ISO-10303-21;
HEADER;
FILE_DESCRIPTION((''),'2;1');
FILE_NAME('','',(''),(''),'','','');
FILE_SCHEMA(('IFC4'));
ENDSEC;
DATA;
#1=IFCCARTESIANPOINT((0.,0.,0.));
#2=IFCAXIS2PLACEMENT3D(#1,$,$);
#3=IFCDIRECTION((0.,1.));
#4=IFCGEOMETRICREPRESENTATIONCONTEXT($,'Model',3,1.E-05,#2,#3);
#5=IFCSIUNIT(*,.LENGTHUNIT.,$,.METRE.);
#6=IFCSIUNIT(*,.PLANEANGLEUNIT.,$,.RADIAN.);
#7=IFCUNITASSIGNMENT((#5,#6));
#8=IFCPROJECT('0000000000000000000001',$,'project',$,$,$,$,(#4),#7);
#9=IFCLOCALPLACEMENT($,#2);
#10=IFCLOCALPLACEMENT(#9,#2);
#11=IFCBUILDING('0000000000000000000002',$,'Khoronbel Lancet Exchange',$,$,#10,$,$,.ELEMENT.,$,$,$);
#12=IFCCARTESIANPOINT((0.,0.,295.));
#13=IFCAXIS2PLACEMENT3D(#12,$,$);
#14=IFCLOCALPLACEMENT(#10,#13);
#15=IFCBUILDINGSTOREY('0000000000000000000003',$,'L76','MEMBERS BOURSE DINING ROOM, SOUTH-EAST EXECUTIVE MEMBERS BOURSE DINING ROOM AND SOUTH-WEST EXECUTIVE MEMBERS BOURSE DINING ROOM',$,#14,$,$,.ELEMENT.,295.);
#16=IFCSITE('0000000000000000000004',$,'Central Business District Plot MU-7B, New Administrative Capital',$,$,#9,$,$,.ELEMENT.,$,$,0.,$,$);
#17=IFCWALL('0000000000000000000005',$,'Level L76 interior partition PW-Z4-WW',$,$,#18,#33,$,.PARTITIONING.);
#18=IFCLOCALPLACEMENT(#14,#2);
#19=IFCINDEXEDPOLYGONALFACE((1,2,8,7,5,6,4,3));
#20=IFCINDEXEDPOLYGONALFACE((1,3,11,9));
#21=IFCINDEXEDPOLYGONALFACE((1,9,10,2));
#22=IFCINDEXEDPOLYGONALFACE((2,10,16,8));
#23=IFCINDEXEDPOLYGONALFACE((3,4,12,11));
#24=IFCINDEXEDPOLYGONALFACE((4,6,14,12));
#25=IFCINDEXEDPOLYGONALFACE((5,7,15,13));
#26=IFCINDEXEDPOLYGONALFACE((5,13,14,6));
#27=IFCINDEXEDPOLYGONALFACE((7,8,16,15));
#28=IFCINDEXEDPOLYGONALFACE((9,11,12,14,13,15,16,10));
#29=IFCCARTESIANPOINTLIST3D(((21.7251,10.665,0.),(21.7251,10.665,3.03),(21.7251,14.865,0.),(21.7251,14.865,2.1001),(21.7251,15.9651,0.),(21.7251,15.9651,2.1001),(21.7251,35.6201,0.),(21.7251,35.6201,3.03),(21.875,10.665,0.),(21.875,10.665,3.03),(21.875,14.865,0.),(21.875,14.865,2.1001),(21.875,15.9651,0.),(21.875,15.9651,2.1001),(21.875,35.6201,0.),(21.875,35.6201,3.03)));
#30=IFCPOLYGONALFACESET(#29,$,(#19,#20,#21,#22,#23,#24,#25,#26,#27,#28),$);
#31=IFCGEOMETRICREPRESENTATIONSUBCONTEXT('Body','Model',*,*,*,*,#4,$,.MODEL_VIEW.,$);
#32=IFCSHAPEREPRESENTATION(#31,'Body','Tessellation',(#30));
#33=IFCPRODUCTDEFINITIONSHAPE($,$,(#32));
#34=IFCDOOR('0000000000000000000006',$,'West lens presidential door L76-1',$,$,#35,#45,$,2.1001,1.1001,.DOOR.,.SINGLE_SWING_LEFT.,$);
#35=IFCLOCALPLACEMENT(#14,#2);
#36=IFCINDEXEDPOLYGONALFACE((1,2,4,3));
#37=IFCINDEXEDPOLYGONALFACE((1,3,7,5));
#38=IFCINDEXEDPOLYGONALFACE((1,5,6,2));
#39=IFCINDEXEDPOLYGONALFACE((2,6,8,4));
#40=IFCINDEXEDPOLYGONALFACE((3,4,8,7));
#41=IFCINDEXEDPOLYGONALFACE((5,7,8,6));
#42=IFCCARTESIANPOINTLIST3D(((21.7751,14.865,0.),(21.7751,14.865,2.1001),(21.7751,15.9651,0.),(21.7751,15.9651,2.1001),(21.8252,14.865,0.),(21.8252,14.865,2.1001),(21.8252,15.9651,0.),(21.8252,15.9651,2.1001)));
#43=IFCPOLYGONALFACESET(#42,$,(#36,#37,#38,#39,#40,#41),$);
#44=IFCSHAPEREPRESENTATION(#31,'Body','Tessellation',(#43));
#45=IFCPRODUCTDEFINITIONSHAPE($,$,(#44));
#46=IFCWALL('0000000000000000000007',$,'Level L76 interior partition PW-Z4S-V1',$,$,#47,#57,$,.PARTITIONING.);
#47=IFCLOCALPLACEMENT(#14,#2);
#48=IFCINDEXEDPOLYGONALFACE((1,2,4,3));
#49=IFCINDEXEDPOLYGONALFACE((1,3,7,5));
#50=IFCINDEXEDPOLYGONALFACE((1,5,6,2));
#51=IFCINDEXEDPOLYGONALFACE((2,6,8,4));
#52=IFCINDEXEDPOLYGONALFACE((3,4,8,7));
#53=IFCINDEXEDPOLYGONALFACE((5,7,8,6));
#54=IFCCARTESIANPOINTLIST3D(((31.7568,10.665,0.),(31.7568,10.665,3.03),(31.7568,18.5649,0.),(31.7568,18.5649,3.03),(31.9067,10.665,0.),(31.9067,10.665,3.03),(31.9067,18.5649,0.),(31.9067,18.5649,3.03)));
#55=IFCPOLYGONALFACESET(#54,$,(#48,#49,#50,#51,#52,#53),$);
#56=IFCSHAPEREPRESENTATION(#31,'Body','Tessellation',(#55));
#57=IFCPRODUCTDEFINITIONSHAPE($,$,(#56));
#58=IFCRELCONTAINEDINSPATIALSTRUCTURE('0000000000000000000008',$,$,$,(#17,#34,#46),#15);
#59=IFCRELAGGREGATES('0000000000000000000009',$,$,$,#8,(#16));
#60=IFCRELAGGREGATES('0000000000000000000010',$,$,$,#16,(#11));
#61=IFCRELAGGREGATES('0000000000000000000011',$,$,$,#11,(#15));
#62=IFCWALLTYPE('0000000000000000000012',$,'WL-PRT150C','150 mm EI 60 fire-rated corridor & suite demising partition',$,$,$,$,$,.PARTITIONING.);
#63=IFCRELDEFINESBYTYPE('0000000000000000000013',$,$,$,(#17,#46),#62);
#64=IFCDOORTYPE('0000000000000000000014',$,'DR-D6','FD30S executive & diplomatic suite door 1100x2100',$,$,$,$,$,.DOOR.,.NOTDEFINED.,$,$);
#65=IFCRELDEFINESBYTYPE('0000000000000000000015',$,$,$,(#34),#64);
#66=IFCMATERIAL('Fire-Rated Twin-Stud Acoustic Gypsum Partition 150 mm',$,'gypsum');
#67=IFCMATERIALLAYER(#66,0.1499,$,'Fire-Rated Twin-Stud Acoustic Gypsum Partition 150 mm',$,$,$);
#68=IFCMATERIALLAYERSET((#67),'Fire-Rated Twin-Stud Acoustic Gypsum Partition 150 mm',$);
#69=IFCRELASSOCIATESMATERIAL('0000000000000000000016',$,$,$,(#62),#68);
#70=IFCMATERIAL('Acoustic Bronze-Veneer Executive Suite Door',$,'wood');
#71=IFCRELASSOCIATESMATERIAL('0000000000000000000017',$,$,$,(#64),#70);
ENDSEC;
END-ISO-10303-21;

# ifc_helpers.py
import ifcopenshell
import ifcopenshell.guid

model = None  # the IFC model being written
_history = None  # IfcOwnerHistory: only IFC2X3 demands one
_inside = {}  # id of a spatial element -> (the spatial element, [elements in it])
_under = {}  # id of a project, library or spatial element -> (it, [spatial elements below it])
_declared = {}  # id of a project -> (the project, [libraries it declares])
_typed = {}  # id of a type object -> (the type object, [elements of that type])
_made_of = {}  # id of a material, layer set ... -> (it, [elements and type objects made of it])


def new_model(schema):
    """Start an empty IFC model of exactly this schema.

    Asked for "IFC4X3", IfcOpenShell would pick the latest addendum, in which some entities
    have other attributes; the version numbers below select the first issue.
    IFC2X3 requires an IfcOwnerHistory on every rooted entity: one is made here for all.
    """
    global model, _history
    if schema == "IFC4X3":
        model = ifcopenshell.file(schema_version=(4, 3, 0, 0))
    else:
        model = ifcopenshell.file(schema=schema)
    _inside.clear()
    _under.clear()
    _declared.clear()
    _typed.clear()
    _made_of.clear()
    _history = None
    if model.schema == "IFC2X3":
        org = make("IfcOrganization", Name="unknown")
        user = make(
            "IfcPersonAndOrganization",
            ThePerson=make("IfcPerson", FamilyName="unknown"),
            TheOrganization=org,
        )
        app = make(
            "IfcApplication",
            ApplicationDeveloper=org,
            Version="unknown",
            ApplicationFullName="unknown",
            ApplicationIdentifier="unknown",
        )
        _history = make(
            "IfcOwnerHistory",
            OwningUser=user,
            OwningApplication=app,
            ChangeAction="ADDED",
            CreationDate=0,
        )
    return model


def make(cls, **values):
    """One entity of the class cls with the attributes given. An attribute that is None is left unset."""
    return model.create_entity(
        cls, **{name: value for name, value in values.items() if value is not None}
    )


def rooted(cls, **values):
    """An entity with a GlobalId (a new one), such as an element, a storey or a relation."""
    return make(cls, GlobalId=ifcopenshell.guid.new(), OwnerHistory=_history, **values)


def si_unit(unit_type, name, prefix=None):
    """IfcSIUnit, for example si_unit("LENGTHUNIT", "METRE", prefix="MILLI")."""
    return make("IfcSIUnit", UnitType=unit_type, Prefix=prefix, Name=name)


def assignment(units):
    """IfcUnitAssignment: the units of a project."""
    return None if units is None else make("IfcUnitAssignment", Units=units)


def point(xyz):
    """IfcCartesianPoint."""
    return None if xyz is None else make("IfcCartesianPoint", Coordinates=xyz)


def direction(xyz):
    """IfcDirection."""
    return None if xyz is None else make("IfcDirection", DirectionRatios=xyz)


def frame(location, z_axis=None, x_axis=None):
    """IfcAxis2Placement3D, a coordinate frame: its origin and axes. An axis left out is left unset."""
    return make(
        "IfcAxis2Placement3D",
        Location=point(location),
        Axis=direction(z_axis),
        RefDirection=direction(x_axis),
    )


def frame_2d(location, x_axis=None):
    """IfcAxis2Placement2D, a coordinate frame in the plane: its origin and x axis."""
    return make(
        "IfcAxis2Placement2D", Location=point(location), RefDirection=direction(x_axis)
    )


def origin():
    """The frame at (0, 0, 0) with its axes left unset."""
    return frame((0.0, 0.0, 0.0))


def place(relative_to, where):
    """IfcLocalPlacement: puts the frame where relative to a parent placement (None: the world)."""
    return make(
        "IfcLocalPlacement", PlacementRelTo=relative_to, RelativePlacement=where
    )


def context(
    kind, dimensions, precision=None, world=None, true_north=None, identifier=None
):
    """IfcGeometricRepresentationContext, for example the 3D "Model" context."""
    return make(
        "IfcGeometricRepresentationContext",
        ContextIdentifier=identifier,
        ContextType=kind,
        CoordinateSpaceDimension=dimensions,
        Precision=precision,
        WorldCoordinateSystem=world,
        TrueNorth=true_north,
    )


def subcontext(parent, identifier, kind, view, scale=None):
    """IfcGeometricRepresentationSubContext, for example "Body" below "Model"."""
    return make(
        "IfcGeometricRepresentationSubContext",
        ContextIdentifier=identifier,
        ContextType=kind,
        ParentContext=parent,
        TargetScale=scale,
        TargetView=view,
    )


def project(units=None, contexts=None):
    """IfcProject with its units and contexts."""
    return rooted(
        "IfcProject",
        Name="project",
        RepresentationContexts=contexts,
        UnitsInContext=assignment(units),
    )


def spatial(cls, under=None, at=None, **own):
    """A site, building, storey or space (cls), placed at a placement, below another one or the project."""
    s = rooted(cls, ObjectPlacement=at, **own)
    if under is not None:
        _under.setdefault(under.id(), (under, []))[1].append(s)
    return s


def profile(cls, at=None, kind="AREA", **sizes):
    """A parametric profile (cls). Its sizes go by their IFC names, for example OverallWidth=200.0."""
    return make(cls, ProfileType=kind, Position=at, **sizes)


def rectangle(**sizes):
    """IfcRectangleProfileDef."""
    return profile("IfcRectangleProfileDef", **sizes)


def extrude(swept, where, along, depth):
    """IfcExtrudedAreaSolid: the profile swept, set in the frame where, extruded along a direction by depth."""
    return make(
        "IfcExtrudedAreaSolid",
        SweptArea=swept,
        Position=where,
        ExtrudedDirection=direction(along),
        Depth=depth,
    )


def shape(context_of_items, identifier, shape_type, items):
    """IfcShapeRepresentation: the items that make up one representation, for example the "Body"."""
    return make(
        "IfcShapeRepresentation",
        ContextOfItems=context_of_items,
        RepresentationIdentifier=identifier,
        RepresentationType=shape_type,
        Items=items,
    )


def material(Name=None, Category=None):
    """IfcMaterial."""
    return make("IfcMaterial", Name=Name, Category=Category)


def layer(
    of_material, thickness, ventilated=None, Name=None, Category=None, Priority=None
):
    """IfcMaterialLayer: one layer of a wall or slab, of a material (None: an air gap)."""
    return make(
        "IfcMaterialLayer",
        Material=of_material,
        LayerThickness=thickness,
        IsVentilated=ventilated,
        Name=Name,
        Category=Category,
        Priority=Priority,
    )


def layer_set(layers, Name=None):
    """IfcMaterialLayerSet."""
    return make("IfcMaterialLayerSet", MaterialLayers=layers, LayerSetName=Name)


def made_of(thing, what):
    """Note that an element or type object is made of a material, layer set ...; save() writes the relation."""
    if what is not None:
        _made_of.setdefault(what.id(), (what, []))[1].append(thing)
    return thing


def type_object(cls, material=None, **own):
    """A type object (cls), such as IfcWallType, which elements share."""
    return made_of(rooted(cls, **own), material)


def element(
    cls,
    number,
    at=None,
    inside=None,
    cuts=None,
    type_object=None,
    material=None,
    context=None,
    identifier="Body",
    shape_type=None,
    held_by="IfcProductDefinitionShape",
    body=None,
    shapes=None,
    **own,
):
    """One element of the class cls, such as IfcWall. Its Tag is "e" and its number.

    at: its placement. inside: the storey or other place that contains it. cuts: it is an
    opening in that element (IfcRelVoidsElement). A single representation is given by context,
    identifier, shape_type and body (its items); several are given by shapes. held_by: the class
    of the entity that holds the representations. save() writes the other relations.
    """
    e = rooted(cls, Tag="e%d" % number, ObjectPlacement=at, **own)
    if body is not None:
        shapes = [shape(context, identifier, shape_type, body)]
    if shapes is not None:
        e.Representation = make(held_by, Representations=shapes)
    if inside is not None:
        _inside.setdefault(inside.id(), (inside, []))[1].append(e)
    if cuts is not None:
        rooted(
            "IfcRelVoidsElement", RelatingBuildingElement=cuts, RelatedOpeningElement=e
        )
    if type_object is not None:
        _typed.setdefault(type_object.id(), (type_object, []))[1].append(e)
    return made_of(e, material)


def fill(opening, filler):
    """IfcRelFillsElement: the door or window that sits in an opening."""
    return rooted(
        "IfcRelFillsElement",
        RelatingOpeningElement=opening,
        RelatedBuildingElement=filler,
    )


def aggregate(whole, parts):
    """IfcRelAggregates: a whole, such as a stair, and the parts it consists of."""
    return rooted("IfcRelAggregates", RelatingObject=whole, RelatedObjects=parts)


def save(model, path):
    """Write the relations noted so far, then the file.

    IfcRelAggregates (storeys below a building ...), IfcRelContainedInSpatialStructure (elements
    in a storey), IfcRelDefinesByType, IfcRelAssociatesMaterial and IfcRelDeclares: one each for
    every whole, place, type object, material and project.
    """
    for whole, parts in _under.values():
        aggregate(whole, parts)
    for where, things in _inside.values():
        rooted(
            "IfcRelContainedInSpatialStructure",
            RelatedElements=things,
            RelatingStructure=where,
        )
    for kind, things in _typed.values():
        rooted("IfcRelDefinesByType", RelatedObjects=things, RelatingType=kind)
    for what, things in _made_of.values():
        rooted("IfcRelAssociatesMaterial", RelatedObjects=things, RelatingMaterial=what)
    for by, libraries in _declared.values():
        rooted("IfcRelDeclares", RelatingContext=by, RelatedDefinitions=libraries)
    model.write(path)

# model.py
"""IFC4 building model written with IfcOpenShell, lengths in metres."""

from ifc_helpers import new_model, si_unit, direction, frame, frame_2d, origin, place, context, subcontext, project, spatial, rectangle, extrude, material, layer, layer_set, type_object, element, fill, save


model = new_model("IFC4")

# Units and contexts
model_context = context("Model", 3, precision=1e-05, world=origin(), true_north=direction((0.0, 1.0)))
body_context = subcontext(model_context, "Body", "Model", "MODEL_VIEW")
ifc_project = project(units=[si_unit("LENGTHUNIT", "METRE"), si_unit("PLANEANGLEUNIT", "RADIAN")], contexts=[model_context])

# Site, building, storey
site_placement = place(None, origin())
site = spatial("IfcSite", under=ifc_project, at=site_placement, Name="Central Business District Plot MU-7B, New Administrative Capital", CompositionType="ELEMENT", RefElevation=0.0)
building_placement = place(site_placement, origin())
building = spatial("IfcBuilding", under=site, at=building_placement, Name="Khoronbel Lancet Exchange", CompositionType="ELEMENT")
storey_placement = place(building_placement, frame((0.0, 0.0, 295.0)))
storey = spatial("IfcBuildingStorey", under=building, at=storey_placement, Name="L76", Description="MEMBERS BOURSE DINING ROOM, SOUTH-EAST EXECUTIVE MEMBERS BOURSE DINING ROOM AND SOUTH-WEST EXECUTIVE MEMBERS BOURSE DINING ROOM", CompositionType="ELEMENT", Elevation=295.0)

# Wall, opening, door
ifc_material_1 = material(Name="Fire-Rated Twin-Stud Acoustic Gypsum Partition 150 mm", Category="gypsum")
ifc_layer_1 = layer(ifc_material_1, 0.1499, Name="Fire-Rated Twin-Stud Acoustic Gypsum Partition 150 mm")
ifc_layer_set_1 = layer_set([ifc_layer_1], Name="Fire-Rated Twin-Stud Acoustic Gypsum Partition 150 mm")
wall_type = type_object("IfcWallType", Name="WL-PRT150C", Description="150 mm EI 60 fire-rated corridor & suite demising partition", PredefinedType="PARTITIONING", material=ifc_layer_set_1)
wall_1_placement = place(storey_placement, frame((21.8, 10.665, 0.0), z_axis=(0.0, 0.0, 1.0), x_axis=(0.0, 1.0, 0.0)))
wall_1 = element("IfcWall", 1, at=wall_1_placement, inside=storey, type_object=wall_type, Name="Level L76 interior partition PW-Z4-WW", PredefinedType="PARTITIONING", context=body_context, shape_type="SweptSolid", body=[
    extrude(rectangle(XDim=24.9551, YDim=0.1499, at=frame_2d((12.4775, 0.0))), origin(), (0.0, 0.0, 1.0), 3.03),
])
opening_placement = place(wall_1_placement, frame((4.2, 0.0, 0.0)))
opening = element("IfcOpeningElement", 2, at=opening_placement, cuts=wall_1, PredefinedType="OPENING", context=body_context, shape_type="SweptSolid", body=[
    extrude(rectangle(XDim=1.1001, YDim=2.1001, at=frame_2d((0.55, 1.05))), frame((0.0, 0.085, 0.0), z_axis=(0.0, -1.0, 0.0), x_axis=(1.0, 0.0, 0.0)), (0.0, 0.0, 1.0), 0.1699),
])
ifc_material_2 = material(Name="Acoustic Bronze-Veneer Executive Suite Door", Category="wood")
door_type = type_object("IfcDoorType", Name="DR-D6", Description="FD30S executive & diplomatic suite door 1100x2100", OperationType="NOTDEFINED", PredefinedType="DOOR", material=ifc_material_2)
door_placement = place(opening_placement, origin())
door = element("IfcDoor", 3, at=door_placement, inside=storey, type_object=door_type, Name="West lens presidential door L76-1", OperationType="SINGLE_SWING_LEFT", OverallHeight=2.1001, OverallWidth=1.1001, PredefinedType="DOOR", context=body_context, shape_type="SweptSolid", body=[
    extrude(rectangle(XDim=1.1001, YDim=2.1001, at=frame_2d((0.55, 1.05))), frame((0.0, 0.0249, 0.0), z_axis=(0.0, -1.0, 0.0), x_axis=(1.0, 0.0, 0.0)), (0.0, 0.0, 1.0), 0.05),
])
fill(opening, door)

# Wall
wall_2_placement = place(storey_placement, frame((31.8318, 10.665, 0.0), z_axis=(0.0, 0.0, 1.0), x_axis=(0.0, 1.0, 0.0)))
element("IfcWall", 4, at=wall_2_placement, inside=storey, type_object=wall_type, Name="Level L76 interior partition PW-Z4S-V1", PredefinedType="PARTITIONING", context=body_context, shape_type="SweptSolid", body=[
    extrude(rectangle(XDim=7.8999, YDim=0.1499, at=frame_2d((3.95, 0.0))), origin(), (0.0, 0.0, 1.0), 3.03),
])

save(model, "model.ifc")
